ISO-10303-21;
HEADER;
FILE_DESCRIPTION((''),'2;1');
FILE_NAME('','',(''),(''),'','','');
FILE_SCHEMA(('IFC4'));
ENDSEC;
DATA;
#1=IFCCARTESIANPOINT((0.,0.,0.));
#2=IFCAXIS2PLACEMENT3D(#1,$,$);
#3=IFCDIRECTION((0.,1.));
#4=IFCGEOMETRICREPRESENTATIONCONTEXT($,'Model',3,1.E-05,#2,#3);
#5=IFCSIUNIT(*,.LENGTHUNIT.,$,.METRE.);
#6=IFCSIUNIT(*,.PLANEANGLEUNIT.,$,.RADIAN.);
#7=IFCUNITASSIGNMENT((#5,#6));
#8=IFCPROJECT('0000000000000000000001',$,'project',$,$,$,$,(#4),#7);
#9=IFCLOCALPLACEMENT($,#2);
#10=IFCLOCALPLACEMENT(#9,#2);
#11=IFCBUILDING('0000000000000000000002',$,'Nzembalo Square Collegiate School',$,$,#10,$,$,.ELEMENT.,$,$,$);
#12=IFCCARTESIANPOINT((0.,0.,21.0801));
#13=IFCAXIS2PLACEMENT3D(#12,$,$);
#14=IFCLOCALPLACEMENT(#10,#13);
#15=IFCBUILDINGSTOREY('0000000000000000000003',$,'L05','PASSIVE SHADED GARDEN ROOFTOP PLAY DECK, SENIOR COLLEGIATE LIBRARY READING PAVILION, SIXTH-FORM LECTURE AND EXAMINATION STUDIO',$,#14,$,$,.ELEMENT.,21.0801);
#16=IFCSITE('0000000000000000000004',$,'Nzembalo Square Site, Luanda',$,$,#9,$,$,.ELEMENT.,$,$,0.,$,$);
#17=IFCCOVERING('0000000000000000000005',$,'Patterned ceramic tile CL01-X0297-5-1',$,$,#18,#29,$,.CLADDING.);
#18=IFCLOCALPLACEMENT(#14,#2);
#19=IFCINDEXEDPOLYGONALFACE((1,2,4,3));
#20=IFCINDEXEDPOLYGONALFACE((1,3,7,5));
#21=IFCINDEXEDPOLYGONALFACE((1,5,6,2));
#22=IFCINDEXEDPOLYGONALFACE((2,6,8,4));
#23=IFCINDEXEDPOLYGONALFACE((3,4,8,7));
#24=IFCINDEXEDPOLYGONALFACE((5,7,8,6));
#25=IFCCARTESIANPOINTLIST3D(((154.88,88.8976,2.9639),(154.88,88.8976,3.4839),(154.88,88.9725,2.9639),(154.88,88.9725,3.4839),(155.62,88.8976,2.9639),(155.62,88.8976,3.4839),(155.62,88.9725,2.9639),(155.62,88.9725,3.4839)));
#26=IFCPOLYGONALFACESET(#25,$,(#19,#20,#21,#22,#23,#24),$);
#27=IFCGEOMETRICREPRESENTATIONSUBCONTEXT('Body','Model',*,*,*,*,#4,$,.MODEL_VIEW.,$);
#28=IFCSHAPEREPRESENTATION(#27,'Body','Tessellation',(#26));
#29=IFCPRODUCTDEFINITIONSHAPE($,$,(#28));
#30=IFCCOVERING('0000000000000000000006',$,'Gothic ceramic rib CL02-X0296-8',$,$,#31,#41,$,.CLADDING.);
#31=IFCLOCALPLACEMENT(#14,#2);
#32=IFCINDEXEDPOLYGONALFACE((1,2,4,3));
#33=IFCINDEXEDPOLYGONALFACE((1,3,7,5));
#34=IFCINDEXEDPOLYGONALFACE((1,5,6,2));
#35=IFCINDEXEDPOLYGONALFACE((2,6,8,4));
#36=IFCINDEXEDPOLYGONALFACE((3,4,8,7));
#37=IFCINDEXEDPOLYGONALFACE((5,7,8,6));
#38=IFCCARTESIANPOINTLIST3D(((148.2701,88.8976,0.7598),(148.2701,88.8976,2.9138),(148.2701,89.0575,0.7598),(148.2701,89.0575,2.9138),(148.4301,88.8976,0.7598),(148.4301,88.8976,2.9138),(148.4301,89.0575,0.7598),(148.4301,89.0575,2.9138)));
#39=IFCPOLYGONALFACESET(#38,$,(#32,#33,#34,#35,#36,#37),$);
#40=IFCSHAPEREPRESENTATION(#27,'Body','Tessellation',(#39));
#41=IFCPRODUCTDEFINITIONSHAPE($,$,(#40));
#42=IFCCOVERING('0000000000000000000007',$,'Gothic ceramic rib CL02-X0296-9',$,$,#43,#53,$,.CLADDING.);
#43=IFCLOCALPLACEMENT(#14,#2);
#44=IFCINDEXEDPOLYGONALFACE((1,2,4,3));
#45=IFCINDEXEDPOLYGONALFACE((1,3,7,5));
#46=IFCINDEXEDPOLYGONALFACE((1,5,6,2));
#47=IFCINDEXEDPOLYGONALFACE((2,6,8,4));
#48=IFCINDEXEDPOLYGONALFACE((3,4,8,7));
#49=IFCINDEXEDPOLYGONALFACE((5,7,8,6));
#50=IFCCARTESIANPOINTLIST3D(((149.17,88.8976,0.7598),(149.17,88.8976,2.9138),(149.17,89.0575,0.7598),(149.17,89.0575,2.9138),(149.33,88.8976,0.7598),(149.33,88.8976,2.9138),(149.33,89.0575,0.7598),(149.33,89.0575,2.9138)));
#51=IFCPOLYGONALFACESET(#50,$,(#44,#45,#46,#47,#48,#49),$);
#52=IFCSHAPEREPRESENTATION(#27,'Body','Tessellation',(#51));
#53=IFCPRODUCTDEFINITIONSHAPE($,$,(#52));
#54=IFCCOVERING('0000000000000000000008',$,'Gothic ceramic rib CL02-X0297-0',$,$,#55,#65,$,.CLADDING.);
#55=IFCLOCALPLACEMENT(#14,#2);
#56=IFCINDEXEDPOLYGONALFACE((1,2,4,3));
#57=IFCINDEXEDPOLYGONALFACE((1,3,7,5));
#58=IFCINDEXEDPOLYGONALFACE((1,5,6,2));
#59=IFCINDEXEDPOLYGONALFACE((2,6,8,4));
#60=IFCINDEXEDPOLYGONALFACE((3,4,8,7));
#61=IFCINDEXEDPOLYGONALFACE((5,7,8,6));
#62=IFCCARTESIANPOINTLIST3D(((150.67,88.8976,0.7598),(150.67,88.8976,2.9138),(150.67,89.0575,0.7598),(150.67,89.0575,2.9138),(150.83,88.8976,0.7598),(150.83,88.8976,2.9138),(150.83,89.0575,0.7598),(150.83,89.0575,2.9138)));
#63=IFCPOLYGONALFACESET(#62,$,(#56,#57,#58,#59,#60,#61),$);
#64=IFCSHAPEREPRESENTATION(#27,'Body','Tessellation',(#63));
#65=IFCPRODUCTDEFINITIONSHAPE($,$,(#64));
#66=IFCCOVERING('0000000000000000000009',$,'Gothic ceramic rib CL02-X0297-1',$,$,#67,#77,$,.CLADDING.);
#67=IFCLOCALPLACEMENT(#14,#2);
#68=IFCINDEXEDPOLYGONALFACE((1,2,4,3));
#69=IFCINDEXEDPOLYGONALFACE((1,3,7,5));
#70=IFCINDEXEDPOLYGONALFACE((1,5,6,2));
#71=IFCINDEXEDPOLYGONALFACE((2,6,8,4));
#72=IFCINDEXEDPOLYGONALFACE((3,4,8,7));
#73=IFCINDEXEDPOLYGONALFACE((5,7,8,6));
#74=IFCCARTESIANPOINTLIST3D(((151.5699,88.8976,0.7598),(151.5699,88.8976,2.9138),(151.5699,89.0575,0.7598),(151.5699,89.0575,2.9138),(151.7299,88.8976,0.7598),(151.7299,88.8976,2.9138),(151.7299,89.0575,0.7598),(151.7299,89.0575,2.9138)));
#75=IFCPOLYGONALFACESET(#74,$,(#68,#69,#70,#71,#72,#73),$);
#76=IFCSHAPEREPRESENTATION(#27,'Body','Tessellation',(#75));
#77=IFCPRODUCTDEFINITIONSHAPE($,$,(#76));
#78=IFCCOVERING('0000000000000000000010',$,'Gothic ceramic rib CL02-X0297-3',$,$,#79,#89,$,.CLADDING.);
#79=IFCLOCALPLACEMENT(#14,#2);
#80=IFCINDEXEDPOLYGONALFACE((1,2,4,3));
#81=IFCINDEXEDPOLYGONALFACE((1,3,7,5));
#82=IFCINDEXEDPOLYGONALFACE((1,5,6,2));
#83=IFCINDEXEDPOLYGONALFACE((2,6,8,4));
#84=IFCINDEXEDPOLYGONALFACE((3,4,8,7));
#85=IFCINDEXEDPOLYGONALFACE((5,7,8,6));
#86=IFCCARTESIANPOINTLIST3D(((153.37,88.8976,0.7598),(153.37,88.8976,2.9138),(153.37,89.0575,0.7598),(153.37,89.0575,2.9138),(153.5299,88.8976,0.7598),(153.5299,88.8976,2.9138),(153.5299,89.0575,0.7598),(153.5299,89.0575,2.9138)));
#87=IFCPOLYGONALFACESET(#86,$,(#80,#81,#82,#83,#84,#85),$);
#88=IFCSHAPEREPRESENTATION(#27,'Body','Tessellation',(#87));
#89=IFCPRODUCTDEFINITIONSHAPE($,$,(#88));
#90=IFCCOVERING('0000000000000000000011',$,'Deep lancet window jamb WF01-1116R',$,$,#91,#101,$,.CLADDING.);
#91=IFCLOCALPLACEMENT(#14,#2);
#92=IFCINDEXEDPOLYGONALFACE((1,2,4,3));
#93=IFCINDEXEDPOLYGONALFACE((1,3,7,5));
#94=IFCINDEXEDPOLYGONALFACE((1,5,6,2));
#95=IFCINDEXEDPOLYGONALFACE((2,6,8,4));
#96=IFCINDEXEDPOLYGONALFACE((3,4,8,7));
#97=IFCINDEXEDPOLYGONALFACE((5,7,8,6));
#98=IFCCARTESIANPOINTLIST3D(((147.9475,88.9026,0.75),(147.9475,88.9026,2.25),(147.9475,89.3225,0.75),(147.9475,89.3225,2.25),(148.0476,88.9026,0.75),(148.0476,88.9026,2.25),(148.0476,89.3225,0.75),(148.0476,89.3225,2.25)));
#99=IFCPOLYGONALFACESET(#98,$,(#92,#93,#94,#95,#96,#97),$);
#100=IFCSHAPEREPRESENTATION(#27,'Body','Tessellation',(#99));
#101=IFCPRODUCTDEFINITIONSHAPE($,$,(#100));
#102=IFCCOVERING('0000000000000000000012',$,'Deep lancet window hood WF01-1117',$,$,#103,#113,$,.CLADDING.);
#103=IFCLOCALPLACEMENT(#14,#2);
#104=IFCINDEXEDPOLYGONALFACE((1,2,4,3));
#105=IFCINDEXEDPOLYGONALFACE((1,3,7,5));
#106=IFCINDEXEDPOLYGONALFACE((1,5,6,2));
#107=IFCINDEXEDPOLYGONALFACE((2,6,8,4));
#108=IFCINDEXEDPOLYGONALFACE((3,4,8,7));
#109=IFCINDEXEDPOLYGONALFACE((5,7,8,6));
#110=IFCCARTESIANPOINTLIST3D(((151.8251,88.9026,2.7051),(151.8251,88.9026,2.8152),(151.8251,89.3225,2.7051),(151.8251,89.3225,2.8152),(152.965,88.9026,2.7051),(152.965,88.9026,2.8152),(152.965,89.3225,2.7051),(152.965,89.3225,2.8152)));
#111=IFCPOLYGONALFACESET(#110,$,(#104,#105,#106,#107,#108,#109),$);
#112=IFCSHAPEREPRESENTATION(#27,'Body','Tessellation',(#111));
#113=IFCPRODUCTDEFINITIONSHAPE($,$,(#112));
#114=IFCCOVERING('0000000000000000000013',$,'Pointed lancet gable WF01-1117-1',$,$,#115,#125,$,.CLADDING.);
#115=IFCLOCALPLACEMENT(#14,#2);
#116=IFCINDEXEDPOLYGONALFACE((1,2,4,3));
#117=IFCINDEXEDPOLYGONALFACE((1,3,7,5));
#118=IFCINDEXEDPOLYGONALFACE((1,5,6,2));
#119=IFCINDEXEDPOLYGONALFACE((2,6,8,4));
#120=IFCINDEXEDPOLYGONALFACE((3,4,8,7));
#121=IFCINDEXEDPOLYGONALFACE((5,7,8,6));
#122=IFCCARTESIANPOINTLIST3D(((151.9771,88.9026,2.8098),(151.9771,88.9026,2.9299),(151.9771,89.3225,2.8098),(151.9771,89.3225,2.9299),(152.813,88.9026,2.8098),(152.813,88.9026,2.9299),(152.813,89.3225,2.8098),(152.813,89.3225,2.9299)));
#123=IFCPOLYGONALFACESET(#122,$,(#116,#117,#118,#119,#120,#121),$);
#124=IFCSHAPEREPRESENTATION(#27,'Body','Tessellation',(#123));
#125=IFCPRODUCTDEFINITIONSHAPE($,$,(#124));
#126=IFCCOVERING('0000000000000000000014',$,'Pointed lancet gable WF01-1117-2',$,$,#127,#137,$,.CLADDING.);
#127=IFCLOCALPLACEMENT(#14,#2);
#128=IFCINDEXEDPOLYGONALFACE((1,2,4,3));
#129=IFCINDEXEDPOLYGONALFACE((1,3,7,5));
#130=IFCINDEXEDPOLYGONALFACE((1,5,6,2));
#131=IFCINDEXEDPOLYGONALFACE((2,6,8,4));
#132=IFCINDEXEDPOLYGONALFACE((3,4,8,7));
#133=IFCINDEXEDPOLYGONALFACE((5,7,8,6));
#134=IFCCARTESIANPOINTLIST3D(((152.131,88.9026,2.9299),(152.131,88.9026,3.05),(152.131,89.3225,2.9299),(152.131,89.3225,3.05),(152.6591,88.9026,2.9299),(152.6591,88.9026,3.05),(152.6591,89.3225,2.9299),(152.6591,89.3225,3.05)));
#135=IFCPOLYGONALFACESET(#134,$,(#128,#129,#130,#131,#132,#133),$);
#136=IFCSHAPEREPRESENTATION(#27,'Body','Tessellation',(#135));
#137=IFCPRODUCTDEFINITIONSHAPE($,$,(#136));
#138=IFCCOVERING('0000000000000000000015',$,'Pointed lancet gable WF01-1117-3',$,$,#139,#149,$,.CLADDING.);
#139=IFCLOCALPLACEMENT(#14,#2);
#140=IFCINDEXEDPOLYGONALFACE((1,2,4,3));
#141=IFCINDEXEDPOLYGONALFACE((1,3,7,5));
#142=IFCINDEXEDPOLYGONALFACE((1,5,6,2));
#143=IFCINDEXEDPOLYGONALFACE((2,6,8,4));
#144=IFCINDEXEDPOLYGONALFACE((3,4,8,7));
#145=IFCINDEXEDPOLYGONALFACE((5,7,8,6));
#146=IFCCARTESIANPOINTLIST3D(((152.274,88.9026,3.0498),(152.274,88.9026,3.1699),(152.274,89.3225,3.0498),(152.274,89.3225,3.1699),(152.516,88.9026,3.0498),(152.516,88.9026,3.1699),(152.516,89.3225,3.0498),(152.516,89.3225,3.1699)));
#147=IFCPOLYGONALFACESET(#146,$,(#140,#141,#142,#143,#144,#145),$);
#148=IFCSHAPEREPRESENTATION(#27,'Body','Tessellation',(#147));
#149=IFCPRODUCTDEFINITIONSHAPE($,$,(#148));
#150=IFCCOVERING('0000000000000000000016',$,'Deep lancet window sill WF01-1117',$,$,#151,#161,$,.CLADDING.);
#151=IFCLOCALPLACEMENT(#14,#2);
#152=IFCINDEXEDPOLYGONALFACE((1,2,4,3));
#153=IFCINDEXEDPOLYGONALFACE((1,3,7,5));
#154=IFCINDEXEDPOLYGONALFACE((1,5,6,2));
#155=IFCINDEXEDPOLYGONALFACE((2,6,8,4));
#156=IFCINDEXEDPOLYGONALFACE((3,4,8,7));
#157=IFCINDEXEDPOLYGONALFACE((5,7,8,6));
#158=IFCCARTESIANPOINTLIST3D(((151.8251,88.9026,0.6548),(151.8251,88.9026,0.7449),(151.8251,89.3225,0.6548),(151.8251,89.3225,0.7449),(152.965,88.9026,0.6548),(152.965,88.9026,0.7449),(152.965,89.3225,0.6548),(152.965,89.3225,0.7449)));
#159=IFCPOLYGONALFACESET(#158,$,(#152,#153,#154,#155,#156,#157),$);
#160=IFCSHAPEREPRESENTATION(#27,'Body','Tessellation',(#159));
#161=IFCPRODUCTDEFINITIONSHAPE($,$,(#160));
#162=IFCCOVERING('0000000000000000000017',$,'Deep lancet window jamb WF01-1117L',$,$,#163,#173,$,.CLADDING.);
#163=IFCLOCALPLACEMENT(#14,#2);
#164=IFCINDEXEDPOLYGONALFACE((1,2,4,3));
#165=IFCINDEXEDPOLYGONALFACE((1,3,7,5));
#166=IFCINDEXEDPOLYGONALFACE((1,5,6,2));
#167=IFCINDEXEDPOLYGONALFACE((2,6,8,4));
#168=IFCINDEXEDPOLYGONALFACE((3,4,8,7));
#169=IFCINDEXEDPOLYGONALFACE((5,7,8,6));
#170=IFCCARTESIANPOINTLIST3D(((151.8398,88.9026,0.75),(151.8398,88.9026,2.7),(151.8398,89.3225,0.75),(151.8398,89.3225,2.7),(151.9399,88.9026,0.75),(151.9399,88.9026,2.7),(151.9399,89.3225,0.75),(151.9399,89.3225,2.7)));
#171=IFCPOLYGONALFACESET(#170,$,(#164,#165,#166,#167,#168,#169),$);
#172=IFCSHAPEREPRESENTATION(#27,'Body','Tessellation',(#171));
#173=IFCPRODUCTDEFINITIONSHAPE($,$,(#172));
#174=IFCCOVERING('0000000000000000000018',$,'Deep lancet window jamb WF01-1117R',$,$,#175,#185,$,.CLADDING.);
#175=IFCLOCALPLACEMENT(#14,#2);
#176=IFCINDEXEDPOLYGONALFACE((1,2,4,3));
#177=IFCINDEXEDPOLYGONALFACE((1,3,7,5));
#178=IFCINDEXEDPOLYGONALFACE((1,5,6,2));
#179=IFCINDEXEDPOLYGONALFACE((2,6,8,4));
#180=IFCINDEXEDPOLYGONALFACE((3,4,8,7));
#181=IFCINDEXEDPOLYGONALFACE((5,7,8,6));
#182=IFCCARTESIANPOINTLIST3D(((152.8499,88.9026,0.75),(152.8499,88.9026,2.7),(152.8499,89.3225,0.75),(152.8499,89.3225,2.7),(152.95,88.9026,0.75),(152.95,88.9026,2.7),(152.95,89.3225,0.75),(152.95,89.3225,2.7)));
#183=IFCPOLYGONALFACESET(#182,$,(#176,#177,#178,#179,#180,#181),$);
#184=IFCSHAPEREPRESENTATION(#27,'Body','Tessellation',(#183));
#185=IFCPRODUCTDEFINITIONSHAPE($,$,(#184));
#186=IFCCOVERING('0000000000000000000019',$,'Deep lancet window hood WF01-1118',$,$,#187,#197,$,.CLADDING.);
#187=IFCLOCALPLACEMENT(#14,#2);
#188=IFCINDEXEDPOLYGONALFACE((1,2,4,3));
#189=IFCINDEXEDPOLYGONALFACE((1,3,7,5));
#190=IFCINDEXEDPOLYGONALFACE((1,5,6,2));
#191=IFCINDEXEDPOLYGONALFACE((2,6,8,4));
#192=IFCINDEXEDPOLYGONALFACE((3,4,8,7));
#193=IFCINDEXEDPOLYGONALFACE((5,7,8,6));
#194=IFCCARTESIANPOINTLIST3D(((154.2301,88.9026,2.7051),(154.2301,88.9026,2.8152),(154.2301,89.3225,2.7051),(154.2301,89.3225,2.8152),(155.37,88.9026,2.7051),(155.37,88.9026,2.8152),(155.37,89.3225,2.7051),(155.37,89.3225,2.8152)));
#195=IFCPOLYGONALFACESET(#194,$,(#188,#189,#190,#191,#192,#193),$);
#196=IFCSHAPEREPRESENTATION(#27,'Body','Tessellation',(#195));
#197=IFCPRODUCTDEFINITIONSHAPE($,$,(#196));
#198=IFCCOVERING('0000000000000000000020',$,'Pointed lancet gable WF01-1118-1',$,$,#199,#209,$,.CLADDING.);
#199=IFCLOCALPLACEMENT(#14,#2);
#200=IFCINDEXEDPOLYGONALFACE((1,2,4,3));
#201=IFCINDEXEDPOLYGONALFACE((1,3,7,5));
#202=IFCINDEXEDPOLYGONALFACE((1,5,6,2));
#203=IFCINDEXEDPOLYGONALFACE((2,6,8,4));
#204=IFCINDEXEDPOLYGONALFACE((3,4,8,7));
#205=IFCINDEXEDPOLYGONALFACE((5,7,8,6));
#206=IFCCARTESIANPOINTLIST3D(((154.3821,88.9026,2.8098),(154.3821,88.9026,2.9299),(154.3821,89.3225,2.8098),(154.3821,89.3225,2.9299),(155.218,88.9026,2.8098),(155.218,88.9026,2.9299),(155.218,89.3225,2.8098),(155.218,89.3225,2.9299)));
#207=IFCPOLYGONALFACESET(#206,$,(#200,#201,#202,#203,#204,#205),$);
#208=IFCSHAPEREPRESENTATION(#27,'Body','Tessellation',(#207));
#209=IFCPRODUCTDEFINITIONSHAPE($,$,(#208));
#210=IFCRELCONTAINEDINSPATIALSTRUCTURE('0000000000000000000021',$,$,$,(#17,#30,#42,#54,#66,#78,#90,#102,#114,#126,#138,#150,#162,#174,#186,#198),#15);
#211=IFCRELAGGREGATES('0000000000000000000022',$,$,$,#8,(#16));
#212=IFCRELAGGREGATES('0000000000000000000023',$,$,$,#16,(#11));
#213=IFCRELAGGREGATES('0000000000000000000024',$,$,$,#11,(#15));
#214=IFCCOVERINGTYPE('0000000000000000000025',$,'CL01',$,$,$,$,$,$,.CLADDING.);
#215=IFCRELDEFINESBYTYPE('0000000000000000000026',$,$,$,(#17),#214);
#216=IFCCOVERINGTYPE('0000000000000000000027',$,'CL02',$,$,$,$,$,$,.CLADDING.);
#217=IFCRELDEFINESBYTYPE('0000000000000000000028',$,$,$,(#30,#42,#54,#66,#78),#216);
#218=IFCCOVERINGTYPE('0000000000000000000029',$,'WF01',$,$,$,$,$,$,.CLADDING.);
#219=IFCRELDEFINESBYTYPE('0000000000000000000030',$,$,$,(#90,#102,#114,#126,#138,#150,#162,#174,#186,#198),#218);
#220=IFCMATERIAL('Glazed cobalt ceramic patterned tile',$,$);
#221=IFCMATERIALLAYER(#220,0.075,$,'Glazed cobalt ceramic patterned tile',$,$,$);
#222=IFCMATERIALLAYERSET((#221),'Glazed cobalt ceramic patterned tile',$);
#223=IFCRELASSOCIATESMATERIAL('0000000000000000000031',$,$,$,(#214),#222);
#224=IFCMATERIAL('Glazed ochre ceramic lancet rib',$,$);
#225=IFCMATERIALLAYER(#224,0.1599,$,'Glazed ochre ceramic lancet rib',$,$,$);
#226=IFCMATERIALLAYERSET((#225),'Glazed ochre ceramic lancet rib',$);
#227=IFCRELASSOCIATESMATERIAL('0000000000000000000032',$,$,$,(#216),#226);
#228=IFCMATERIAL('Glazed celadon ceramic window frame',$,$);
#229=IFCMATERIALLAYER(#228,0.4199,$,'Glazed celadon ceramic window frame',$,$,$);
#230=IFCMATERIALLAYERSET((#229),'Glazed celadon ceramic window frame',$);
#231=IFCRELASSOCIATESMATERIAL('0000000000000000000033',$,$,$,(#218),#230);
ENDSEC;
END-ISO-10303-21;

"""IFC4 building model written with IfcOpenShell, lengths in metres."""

from ifc_helpers import new_model, si_unit, direction, frame, origin, origin_2d, place, context, subcontext, project, spatial, rectangle, extrude, material, layer, layer_set, type_object, element, save


model = new_model("IFC4")

# Units and contexts
model_context = context("Model", 3, precision=1e-05, world=origin(), true_north=direction((0.0, 1.0)))
body_context = subcontext(model_context, "Body", "Model", "MODEL_VIEW")
ifc_project = project(units=[si_unit("LENGTHUNIT", "METRE"), si_unit("PLANEANGLEUNIT", "RADIAN")], contexts=[model_context])

# Site, building, storey
site_placement = place(None, origin())
site = spatial("IfcSite", under=ifc_project, at=site_placement, Name="Nzembalo Square Site, Luanda", CompositionType="ELEMENT", RefElevation=0.0)
building_placement = place(site_placement, origin())
building = spatial("IfcBuilding", under=site, at=building_placement, Name="Nzembalo Square Collegiate School", CompositionType="ELEMENT")
storey_placement = place(building_placement, frame((0.0, 0.0, 21.0801)))
storey = spatial("IfcBuildingStorey", under=building, at=storey_placement, Name="L05", Description="PASSIVE SHADED GARDEN ROOFTOP PLAY DECK, SENIOR COLLEGIATE LIBRARY READING PAVILION, SIXTH-FORM LECTURE AND EXAMINATION STUDIO", CompositionType="ELEMENT", Elevation=21.0801)

# Coverings
ifc_material_1 = material(Name="Glazed cobalt ceramic patterned tile")
ifc_layer_1 = layer(ifc_material_1, 0.075, Name="Glazed cobalt ceramic patterned tile")
ifc_layer_set_1 = layer_set([ifc_layer_1], Name="Glazed cobalt ceramic patterned tile")
covering_type_1 = type_object("IfcCoveringType", Name="CL01", PredefinedType="CLADDING", material=ifc_layer_set_1)
for number, where, z_axis, x_axis, name in (
    (1, (155.25, 88.9351, 2.9639), (0.0, 0.0, 1.0), (1.0, 0.0, 0.0), "Patterned ceramic tile CL01-X0297-5-1"),
):
    element("IfcCovering", number, at=place(storey_placement, frame(where, z_axis=z_axis, x_axis=x_axis)), inside=storey, type_object=covering_type_1, Name=name, PredefinedType="CLADDING", context=body_context, shape_type="SweptSolid", body=[
        extrude(rectangle(XDim=0.74, YDim=0.075, at=origin_2d()), origin(), (0.0, 0.0, 1.0), 0.52),
    ])
ifc_material_2 = material(Name="Glazed ochre ceramic lancet rib")
ifc_layer_2 = layer(ifc_material_2, 0.1599, Name="Glazed ochre ceramic lancet rib")
ifc_layer_set_2 = layer_set([ifc_layer_2], Name="Glazed ochre ceramic lancet rib")
covering_type_2 = type_object("IfcCoveringType", Name="CL02", PredefinedType="CLADDING", material=ifc_layer_set_2)
for number, where, z_axis, x_axis, name in (
    (2, (148.3501, 88.9775, 0.7598), (0.0, 0.0, 1.0), (1.0, 0.0, 0.0), "Gothic ceramic rib CL02-X0296-8"),
    (3, (149.25, 88.9775, 0.7598), (0.0, 0.0, 1.0), (1.0, 0.0, 0.0), "Gothic ceramic rib CL02-X0296-9"),
    (4, (150.75, 88.9775, 0.7598), (0.0, 0.0, 1.0), (1.0, 0.0, 0.0), "Gothic ceramic rib CL02-X0297-0"),
    (5, (151.6499, 88.9775, 0.7598), (0.0, 0.0, 1.0), (1.0, 0.0, 0.0), "Gothic ceramic rib CL02-X0297-1"),
    (6, (153.45, 88.9775, 0.7598), (0.0, 0.0, 1.0), (1.0, 0.0, 0.0), "Gothic ceramic rib CL02-X0297-3"),
):
    element("IfcCovering", number, at=place(storey_placement, frame(where, z_axis=z_axis, x_axis=x_axis)), inside=storey, type_object=covering_type_2, Name=name, PredefinedType="CLADDING", context=body_context, shape_type="SweptSolid", body=[
        extrude(rectangle(XDim=0.1599, YDim=0.1599, at=origin_2d()), origin(), (0.0, 0.0, 1.0), 2.1541),
    ])
ifc_material_3 = material(Name="Glazed celadon ceramic window frame")
ifc_layer_3 = layer(ifc_material_3, 0.4199, Name="Glazed celadon ceramic window frame")
ifc_layer_set_3 = layer_set([ifc_layer_3], Name="Glazed celadon ceramic window frame")
covering_type_3 = type_object("IfcCoveringType", Name="WF01", PredefinedType="CLADDING", material=ifc_layer_set_3)
covering_1_placement = place(storey_placement, frame((147.9976, 89.1125, 0.75), z_axis=(0.0, 0.0, 1.0), x_axis=(1.0, 0.0, 0.0)))
element("IfcCovering", 7, at=covering_1_placement, inside=storey, type_object=covering_type_3, Name="Deep lancet window jamb WF01-1116R", PredefinedType="CLADDING", context=body_context, shape_type="SweptSolid", body=[
    extrude(rectangle(XDim=0.1001, YDim=0.4199, at=origin_2d()), origin(), (0.0, 0.0, 1.0), 1.5),
])
covering_2_placement = place(storey_placement, frame((152.395, 89.1125, 2.7051), z_axis=(0.0, 0.0, 1.0), x_axis=(1.0, 0.0, 0.0)))
element("IfcCovering", 8, at=covering_2_placement, inside=storey, type_object=covering_type_3, Name="Deep lancet window hood WF01-1117", PredefinedType="CLADDING", context=body_context, shape_type="SweptSolid", body=[
    extrude(rectangle(XDim=1.1399, YDim=0.4199, at=origin_2d()), origin(), (0.0, 0.0, 1.0), 0.1101),
])
covering_3_placement = place(storey_placement, frame((152.395, 89.1125, 2.8098), z_axis=(0.0, 0.0, 1.0), x_axis=(1.0, 0.0, 0.0)))
element("IfcCovering", 9, at=covering_3_placement, inside=storey, type_object=covering_type_3, Name="Pointed lancet gable WF01-1117-1", PredefinedType="CLADDING", context=body_context, shape_type="SweptSolid", body=[
    extrude(rectangle(XDim=0.8359, YDim=0.4199, at=origin_2d()), origin(), (0.0, 0.0, 1.0), 0.1201),
])
covering_4_placement = place(storey_placement, frame((152.395, 89.1125, 2.9299), z_axis=(0.0, 0.0, 1.0), x_axis=(1.0, 0.0, 0.0)))
element("IfcCovering", 10, at=covering_4_placement, inside=storey, type_object=covering_type_3, Name="Pointed lancet gable WF01-1117-2", PredefinedType="CLADDING", context=body_context, shape_type="SweptSolid", body=[
    extrude(rectangle(XDim=0.5281, YDim=0.4199, at=origin_2d()), origin(), (0.0, 0.0, 1.0), 0.1201),
])
covering_5_placement = place(storey_placement, frame((152.395, 89.1125, 3.0498), z_axis=(0.0, 0.0, 1.0), x_axis=(1.0, 0.0, 0.0)))
element("IfcCovering", 11, at=covering_5_placement, inside=storey, type_object=covering_type_3, Name="Pointed lancet gable WF01-1117-3", PredefinedType="CLADDING", context=body_context, shape_type="SweptSolid", body=[
    extrude(rectangle(XDim=0.2419, YDim=0.4199, at=origin_2d()), origin(), (0.0, 0.0, 1.0), 0.1201),
])
covering_6_placement = place(storey_placement, frame((152.395, 89.1125, 0.6548), z_axis=(0.0, 0.0, 1.0), x_axis=(1.0, 0.0, 0.0)))
element("IfcCovering", 12, at=covering_6_placement, inside=storey, type_object=covering_type_3, Name="Deep lancet window sill WF01-1117", PredefinedType="CLADDING", context=body_context, shape_type="SweptSolid", body=[
    extrude(rectangle(XDim=1.1399, YDim=0.4199, at=origin_2d()), origin(), (0.0, 0.0, 1.0), 0.0901),
])
for number, where, z_axis, x_axis, name in (
    (13, (151.8899, 89.1125, 0.75), (0.0, 0.0, 1.0), (1.0, 0.0, 0.0), "Deep lancet window jamb WF01-1117L"),
    (14, (152.8999, 89.1125, 0.75), (0.0, 0.0, 1.0), (1.0, 0.0, 0.0), "Deep lancet window jamb WF01-1117R"),
):
    element("IfcCovering", number, at=place(storey_placement, frame(where, z_axis=z_axis, x_axis=x_axis)), inside=storey, type_object=covering_type_3, Name=name, PredefinedType="CLADDING", context=body_context, shape_type="SweptSolid", body=[
        extrude(rectangle(XDim=0.1001, YDim=0.4199, at=origin_2d()), origin(), (0.0, 0.0, 1.0), 1.95),
    ])
covering_7_placement = place(storey_placement, frame((154.8, 89.1125, 2.7051), z_axis=(0.0, 0.0, 1.0), x_axis=(1.0, 0.0, 0.0)))
element("IfcCovering", 15, at=covering_7_placement, inside=storey, type_object=covering_type_3, Name="Deep lancet window hood WF01-1118", PredefinedType="CLADDING", context=body_context, shape_type="SweptSolid", body=[
    extrude(rectangle(XDim=1.1399, YDim=0.4199, at=origin_2d()), origin(), (0.0, 0.0, 1.0), 0.1101),
])
covering_8_placement = place(storey_placement, frame((154.8, 89.1125, 2.8098), z_axis=(0.0, 0.0, 1.0), x_axis=(1.0, 0.0, 0.0)))
element("IfcCovering", 16, at=covering_8_placement, inside=storey, type_object=covering_type_3, Name="Pointed lancet gable WF01-1118-1", PredefinedType="CLADDING", context=body_context, shape_type="SweptSolid", body=[
    extrude(rectangle(XDim=0.8359, YDim=0.4199, at=origin_2d()), origin(), (0.0, 0.0, 1.0), 0.1201),
])

save(model, "model.ifc")
